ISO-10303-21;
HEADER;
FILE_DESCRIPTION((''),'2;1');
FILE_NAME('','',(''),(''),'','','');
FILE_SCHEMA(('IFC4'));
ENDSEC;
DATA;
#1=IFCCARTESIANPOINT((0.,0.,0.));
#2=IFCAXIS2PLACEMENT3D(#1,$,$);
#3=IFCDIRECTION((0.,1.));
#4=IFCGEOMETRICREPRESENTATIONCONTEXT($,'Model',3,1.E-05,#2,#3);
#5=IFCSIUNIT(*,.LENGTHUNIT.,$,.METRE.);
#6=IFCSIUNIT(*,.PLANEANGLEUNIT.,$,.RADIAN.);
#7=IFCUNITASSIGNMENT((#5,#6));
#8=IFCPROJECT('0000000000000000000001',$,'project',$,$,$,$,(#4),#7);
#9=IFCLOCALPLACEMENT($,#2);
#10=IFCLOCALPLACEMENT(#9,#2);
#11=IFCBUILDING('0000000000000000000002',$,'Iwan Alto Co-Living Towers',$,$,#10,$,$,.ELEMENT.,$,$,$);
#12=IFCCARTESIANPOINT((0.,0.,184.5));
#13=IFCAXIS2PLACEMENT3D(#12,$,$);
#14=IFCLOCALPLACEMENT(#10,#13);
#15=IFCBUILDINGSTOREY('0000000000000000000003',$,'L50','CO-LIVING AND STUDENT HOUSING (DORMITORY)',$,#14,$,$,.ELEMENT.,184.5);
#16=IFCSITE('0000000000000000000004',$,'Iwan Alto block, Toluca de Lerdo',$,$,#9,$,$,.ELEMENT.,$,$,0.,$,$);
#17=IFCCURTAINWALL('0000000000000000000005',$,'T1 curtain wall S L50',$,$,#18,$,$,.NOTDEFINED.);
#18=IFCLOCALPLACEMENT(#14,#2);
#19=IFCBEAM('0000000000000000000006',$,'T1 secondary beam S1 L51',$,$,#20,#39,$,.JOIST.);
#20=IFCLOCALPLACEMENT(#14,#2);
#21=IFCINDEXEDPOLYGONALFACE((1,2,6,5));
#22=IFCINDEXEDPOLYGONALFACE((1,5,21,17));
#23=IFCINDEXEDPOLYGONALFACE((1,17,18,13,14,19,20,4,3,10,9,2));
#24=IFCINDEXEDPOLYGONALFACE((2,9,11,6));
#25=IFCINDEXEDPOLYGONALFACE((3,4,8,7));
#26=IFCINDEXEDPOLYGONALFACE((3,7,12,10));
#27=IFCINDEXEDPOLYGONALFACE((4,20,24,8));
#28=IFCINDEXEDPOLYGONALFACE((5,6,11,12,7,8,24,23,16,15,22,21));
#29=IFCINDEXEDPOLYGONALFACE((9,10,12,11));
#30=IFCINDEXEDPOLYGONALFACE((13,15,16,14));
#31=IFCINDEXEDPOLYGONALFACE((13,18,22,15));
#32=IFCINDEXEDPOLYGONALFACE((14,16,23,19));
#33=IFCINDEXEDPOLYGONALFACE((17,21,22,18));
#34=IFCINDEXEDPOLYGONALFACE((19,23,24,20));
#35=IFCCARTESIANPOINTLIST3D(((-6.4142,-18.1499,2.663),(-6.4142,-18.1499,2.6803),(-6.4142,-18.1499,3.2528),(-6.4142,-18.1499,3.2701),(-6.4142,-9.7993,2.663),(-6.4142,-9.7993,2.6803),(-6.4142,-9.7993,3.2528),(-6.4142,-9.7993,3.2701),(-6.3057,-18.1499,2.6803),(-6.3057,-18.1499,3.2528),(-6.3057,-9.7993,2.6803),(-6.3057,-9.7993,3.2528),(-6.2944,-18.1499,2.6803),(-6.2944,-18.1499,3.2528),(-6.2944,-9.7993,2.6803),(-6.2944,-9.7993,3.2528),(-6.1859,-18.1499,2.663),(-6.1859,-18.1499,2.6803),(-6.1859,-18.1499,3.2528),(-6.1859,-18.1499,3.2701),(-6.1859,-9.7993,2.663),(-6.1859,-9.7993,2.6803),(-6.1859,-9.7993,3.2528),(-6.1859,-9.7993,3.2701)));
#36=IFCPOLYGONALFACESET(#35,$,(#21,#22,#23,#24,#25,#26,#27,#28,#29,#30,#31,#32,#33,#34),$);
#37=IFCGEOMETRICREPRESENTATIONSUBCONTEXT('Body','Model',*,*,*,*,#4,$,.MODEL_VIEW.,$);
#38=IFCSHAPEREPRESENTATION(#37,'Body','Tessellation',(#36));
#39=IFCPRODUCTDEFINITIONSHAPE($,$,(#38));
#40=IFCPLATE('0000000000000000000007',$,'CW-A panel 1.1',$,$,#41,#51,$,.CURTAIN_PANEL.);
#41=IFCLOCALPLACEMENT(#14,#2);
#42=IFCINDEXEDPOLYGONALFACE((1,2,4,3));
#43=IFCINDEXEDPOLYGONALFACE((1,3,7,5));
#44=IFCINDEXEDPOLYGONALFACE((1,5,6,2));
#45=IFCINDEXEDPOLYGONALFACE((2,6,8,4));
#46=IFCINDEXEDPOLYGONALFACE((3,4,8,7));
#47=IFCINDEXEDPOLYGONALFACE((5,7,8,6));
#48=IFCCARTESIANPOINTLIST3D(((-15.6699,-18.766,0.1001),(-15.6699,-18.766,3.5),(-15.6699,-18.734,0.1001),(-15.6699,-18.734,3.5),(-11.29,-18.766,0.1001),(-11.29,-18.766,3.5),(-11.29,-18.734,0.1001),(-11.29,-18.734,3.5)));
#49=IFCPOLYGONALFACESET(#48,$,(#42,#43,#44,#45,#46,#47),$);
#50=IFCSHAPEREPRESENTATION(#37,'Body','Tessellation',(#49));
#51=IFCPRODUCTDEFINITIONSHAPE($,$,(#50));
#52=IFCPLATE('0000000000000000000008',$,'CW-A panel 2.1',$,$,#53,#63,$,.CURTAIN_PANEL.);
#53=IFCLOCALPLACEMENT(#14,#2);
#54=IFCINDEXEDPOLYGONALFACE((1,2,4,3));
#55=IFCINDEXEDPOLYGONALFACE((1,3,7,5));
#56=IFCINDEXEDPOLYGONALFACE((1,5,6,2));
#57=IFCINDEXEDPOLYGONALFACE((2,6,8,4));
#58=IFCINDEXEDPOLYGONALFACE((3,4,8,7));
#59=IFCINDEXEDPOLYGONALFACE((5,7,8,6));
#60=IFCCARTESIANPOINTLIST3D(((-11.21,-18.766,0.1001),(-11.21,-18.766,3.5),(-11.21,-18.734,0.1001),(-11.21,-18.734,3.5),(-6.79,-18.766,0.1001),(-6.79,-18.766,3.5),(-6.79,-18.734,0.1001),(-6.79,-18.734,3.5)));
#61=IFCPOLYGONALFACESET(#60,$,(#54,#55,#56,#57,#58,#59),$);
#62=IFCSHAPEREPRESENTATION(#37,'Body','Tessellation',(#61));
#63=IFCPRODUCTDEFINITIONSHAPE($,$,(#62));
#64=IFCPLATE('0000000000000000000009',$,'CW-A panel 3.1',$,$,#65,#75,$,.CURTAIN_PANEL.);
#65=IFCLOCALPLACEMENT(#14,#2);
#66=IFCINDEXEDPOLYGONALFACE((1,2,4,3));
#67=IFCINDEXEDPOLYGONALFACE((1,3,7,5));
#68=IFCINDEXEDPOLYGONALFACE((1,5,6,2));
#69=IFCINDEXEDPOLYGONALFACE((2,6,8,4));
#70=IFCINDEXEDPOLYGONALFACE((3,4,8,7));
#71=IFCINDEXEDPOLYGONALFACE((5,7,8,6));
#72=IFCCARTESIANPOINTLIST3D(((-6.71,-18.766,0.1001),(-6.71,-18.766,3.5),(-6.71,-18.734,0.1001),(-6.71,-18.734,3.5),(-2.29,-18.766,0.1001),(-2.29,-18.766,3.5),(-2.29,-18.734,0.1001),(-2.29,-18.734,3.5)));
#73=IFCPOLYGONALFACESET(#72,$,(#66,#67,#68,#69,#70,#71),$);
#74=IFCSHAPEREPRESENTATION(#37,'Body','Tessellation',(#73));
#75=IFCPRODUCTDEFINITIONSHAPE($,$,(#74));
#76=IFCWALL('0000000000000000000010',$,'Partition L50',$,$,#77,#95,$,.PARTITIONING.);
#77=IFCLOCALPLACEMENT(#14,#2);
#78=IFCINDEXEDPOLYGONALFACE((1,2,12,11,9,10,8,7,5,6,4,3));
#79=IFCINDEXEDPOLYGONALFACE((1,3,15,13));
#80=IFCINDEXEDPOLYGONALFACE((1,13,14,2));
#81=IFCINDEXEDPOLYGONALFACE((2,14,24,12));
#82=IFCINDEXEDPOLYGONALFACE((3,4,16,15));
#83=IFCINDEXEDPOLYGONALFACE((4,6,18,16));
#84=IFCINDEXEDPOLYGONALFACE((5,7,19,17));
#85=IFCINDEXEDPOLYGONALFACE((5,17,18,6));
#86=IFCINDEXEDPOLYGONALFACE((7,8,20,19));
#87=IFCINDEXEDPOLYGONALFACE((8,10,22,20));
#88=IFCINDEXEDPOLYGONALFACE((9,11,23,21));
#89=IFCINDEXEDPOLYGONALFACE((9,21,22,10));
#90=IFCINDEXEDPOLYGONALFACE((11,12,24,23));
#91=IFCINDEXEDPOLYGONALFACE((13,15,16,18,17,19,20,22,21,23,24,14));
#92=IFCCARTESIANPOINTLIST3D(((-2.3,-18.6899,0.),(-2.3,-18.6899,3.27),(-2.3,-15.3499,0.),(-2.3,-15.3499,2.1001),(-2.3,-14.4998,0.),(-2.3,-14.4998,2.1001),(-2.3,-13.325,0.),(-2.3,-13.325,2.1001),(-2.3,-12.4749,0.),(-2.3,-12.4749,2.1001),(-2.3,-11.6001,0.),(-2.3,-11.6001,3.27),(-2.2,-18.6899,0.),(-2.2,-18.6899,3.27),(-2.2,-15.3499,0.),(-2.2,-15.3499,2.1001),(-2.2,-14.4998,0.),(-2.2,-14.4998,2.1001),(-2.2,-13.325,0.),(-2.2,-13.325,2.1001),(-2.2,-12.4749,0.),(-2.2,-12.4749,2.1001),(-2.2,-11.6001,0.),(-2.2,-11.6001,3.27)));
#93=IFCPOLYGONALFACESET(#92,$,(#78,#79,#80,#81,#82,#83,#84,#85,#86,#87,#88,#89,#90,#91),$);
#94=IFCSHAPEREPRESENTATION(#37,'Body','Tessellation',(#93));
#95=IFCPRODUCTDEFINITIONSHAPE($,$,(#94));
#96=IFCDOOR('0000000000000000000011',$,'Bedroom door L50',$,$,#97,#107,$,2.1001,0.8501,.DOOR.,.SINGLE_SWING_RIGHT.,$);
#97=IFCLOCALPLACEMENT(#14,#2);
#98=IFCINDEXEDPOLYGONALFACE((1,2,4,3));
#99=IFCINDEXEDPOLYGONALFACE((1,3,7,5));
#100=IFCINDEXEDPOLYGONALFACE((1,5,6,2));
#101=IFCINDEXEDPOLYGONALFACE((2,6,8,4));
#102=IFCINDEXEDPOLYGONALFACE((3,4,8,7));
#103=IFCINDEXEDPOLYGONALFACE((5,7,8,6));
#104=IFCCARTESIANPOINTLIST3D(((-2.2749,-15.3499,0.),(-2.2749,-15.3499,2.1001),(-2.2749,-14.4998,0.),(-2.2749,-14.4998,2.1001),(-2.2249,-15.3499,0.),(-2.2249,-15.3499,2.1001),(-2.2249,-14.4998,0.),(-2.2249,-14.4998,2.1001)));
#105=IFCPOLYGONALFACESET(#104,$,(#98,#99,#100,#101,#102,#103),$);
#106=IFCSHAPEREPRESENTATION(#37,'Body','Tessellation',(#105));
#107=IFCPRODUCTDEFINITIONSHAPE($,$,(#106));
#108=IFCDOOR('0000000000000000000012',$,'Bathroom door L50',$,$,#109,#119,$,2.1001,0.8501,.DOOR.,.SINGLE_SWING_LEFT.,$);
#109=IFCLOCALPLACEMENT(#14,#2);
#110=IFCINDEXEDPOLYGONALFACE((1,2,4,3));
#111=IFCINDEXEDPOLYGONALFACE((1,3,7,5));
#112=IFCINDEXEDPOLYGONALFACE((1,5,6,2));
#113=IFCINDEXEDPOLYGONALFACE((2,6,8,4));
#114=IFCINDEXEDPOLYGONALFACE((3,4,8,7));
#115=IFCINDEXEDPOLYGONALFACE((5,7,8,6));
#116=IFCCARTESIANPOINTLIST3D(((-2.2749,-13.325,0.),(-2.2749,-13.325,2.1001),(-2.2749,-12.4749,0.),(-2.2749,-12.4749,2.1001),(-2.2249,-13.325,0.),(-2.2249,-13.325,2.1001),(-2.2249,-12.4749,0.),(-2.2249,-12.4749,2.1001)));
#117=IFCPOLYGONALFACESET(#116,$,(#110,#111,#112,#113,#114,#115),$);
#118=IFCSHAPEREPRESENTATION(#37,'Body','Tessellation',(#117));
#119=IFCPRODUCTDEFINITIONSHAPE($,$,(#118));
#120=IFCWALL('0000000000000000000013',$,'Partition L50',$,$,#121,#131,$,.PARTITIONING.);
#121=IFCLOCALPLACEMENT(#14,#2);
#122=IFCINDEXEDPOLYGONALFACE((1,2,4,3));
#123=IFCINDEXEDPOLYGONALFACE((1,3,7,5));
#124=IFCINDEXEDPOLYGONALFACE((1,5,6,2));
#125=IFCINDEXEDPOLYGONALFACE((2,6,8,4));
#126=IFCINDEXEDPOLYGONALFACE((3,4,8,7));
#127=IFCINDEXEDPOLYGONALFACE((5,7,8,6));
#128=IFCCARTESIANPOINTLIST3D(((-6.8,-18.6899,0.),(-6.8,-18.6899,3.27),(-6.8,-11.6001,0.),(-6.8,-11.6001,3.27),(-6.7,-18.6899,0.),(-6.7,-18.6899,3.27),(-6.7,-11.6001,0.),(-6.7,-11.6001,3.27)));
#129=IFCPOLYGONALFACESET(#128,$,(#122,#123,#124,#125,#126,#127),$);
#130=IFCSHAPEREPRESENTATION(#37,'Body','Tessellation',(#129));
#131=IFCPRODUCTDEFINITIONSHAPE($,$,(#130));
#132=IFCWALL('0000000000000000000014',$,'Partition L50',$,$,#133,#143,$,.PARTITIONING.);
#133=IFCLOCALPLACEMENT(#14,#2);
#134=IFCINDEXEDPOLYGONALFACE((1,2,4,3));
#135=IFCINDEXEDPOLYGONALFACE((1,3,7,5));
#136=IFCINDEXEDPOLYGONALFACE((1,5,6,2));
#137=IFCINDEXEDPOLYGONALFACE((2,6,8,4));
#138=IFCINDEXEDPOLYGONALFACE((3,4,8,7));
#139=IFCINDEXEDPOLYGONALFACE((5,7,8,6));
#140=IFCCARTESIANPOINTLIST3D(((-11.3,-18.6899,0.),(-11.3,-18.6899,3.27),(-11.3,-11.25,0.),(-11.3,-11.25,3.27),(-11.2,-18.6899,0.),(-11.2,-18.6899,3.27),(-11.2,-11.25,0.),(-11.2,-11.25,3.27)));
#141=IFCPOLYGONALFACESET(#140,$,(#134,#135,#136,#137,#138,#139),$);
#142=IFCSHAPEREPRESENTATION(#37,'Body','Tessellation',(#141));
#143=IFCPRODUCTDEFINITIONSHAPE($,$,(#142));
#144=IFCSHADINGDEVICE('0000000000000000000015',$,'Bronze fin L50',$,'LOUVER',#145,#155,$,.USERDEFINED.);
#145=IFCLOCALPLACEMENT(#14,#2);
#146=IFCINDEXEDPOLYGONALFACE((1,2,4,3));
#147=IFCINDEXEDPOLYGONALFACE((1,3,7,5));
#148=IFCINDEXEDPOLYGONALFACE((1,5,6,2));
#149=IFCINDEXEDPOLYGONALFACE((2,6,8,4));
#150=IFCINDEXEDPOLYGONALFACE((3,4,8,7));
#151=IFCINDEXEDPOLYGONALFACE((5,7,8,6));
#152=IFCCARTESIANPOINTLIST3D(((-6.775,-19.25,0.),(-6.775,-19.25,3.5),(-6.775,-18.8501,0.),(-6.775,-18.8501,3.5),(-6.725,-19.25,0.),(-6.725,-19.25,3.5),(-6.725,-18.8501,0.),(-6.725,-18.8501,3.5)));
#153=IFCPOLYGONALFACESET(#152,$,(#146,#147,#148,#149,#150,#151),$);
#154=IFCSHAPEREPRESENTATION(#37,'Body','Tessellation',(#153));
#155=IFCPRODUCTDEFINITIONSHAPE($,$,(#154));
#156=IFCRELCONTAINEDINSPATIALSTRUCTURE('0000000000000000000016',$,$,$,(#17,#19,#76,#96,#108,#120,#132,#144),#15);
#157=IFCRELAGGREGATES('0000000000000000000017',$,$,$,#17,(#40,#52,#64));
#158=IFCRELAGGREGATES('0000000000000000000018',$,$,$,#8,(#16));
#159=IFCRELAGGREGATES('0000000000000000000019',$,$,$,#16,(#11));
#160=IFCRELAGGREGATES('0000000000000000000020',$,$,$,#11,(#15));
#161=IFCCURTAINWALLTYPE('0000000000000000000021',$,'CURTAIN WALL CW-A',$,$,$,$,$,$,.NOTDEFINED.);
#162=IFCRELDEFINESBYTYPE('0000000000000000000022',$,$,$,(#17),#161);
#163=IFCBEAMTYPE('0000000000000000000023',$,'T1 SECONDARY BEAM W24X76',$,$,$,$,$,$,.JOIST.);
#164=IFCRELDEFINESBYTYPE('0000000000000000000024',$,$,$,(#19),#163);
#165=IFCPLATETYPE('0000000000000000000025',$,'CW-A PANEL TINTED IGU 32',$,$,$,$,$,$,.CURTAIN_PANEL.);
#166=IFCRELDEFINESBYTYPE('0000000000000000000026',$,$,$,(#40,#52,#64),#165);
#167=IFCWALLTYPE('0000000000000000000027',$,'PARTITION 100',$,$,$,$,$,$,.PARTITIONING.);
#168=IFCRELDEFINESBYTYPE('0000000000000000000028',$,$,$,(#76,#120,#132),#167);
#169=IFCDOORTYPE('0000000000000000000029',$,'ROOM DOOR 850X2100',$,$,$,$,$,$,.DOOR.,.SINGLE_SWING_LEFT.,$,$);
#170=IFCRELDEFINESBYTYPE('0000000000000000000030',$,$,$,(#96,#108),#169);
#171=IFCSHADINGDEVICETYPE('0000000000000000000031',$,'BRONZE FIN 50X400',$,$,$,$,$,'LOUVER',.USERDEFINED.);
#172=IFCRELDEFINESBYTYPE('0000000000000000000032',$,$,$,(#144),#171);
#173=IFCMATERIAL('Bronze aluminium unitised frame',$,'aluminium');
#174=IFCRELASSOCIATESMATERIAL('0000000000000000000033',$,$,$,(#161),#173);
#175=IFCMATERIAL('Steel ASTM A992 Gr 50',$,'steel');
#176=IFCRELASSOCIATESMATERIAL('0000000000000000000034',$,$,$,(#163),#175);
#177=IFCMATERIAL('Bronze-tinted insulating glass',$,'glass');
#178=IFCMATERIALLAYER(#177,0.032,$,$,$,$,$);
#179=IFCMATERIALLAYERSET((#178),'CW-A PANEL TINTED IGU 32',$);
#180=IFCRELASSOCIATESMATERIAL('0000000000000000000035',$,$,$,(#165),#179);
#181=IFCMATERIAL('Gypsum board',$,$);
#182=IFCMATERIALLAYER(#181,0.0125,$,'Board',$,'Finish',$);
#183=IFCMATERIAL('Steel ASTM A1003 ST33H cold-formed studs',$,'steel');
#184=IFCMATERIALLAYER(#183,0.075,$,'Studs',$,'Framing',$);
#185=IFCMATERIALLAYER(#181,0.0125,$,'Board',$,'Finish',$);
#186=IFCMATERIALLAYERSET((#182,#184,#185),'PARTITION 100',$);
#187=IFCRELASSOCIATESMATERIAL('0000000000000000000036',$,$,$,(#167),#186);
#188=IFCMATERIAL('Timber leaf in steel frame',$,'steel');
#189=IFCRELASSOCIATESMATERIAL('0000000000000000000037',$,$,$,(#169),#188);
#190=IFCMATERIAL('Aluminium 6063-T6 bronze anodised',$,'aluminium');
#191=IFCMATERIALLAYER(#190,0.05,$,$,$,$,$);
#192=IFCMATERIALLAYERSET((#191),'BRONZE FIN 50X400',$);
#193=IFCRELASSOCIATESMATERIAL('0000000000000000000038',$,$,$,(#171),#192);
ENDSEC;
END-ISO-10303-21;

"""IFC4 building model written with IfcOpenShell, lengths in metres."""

from ifc_helpers import new_model, si_unit, direction, frame, frame_2d, origin, origin_2d, place, context, subcontext, project, spatial, rectangle, i_section, extrude, material, layer, layer_set, material_profile, profile_set, type_object, element, fill, aggregate, save


model = new_model("IFC4")

# Units and contexts
model_context = context("Model", 3, precision=1e-05, world=origin(), true_north=direction((0.0, 1.0)))
body_context = subcontext(model_context, "Body", "Model", "MODEL_VIEW")
ifc_project = project(units=[si_unit("LENGTHUNIT", "METRE"), si_unit("PLANEANGLEUNIT", "RADIAN")], contexts=[model_context])

# Site, building, storey
site_placement = place(None, origin())
site = spatial("IfcSite", under=ifc_project, at=site_placement, Name="Iwan Alto block, Toluca de Lerdo", CompositionType="ELEMENT", RefElevation=0.0)
building_placement = place(site_placement, origin())
building = spatial("IfcBuilding", under=site, at=building_placement, Name="Iwan Alto Co-Living Towers", CompositionType="ELEMENT")
storey_placement = place(building_placement, frame((0.0, 0.0, 184.5)))
storey = spatial("IfcBuildingStorey", under=building, at=storey_placement, Name="L50", Description="CO-LIVING AND STUDENT HOUSING (DORMITORY)", CompositionType="ELEMENT", Elevation=184.5)

# Curtain wall
ifc_material_1 = material(Name="Bronze aluminium unitised frame", Category="aluminium")
curtain_wall_type = type_object("IfcCurtainWallType", Name="CURTAIN WALL CW-A", PredefinedType="NOTDEFINED", material=ifc_material_1)
curtain_wall_placement = place(storey_placement, origin())
curtain_wall = element("IfcCurtainWall", 1, at=curtain_wall_placement, inside=storey, type_object=curtain_wall_type, Name="T1 curtain wall S L50", PredefinedType="NOTDEFINED")

# Beam
ifc_material_2 = material(Name="Steel ASTM A992 Gr 50", Category="steel")
ifc_material_profile_1 = material_profile(ifc_material_2, i_section(OverallWidth=0.2283, OverallDepth=0.6072, WebThickness=0.0112, FlangeThickness=0.0173, at=origin_2d()), Name="W24X76")
ifc_profile_set_1 = profile_set([ifc_material_profile_1], Name="Steel ASTM A992 Gr 50")
beam_type_1 = type_object("IfcBeamType", Name="T1 SECONDARY BEAM W24X76", PredefinedType="JOIST", material=ifc_profile_set_1)
beam_1_placement = place(storey_placement, frame((-6.3, -18.1499, 2.9666), z_axis=(0.0, 1.0, 0.0), x_axis=(-1.0, 0.0, 0.0)))
element("IfcBeam", 2, at=beam_1_placement, inside=storey, type_object=beam_type_1, Name="T1 secondary beam S1 L51", PredefinedType="JOIST", context=body_context, shape_type="SweptSolid", body=[
    extrude(i_section(OverallWidth=0.2283, OverallDepth=0.6072, WebThickness=0.0112, FlangeThickness=0.0173, at=origin_2d()), origin(), (0.0, 0.0, 1.0), 8.3506),
])

# Plates
ifc_material_3 = material(Name="Bronze-tinted insulating glass", Category="glass")
ifc_layer_1 = layer(ifc_material_3, 0.032)
ifc_layer_set_1 = layer_set([ifc_layer_1], Name="CW-A PANEL TINTED IGU 32")
plate_type = type_object("IfcPlateType", Name="CW-A PANEL TINTED IGU 32", PredefinedType="CURTAIN_PANEL", material=ifc_layer_set_1)
plate_1_placement = place(storey_placement, frame((-13.48, -18.75, 0.1001), z_axis=(0.0, 0.0, 1.0), x_axis=(1.0, 0.0, 0.0)))
plate_1 = element("IfcPlate", 3, at=plate_1_placement, type_object=plate_type, Name="CW-A panel 1.1", PredefinedType="CURTAIN_PANEL", context=body_context, shape_type="SweptSolid", body=[
    extrude(rectangle(XDim=4.3799, YDim=0.032, at=origin_2d()), origin(), (0.0, 0.0, 1.0), 3.3999),
])
plate_2_placement = place(storey_placement, frame((-9.0, -18.75, 0.1001), z_axis=(0.0, 0.0, 1.0), x_axis=(1.0, 0.0, 0.0)))
plate_2 = element("IfcPlate", 4, at=plate_2_placement, type_object=plate_type, Name="CW-A panel 2.1", PredefinedType="CURTAIN_PANEL", context=body_context, shape_type="SweptSolid", body=[
    extrude(rectangle(XDim=4.4199, YDim=0.032, at=origin_2d()), origin(), (0.0, 0.0, 1.0), 3.3999),
])
plate_3_placement = place(storey_placement, frame((-4.5, -18.75, 0.1001), z_axis=(0.0, 0.0, 1.0), x_axis=(1.0, 0.0, 0.0)))
plate_3 = element("IfcPlate", 5, at=plate_3_placement, type_object=plate_type, Name="CW-A panel 3.1", PredefinedType="CURTAIN_PANEL", context=body_context, shape_type="SweptSolid", body=[
    extrude(rectangle(XDim=4.4199, YDim=0.032, at=origin_2d()), origin(), (0.0, 0.0, 1.0), 3.3999),
])
aggregate(curtain_wall, [plate_1, plate_2, plate_3])

# Wall, openings, doors
ifc_material_4 = material(Name="Gypsum board")
ifc_layer_2 = layer(ifc_material_4, 0.0125, Name="Board", Category="Finish")
ifc_material_5 = material(Name="Steel ASTM A1003 ST33H cold-formed studs", Category="steel")
ifc_layer_3 = layer(ifc_material_5, 0.075, Name="Studs", Category="Framing")
ifc_layer_4 = layer(ifc_material_4, 0.0125, Name="Board", Category="Finish")
ifc_layer_set_2 = layer_set([ifc_layer_2, ifc_layer_3, ifc_layer_4], Name="PARTITION 100")
wall_type = type_object("IfcWallType", Name="PARTITION 100", PredefinedType="PARTITIONING", material=ifc_layer_set_2)
wall_1_placement = place(storey_placement, frame((-2.25, -18.6899, 0.0), z_axis=(0.0, 0.0, 1.0), x_axis=(0.0, 1.0, 0.0)))
wall_1 = element("IfcWall", 6, at=wall_1_placement, inside=storey, type_object=wall_type, Name="Partition L50", PredefinedType="PARTITIONING", context=body_context, shape_type="SweptSolid", body=[
    extrude(rectangle(XDim=7.0898, YDim=0.1001, at=frame_2d((3.5449, 0.0))), origin(), (0.0, 0.0, 1.0), 3.27),
])
opening_1_placement = place(wall_1_placement, frame((3.3401, 0.0, 0.0)))
opening_1 = element("IfcOpeningElement", 7, at=opening_1_placement, cuts=wall_1, PredefinedType="OPENING", context=body_context, shape_type="SweptSolid", body=[
    extrude(rectangle(XDim=0.8501, YDim=2.1001, at=frame_2d((0.425, 1.05))), frame((0.0, 0.0601, 0.0), z_axis=(0.0, -1.0, 0.0), x_axis=(1.0, 0.0, 0.0)), (0.0, 0.0, 1.0), 0.1201),
])
opening_2_placement = place(wall_1_placement, frame((5.365, 0.0, 0.0)))
opening_2 = element("IfcOpeningElement", 8, at=opening_2_placement, cuts=wall_1, PredefinedType="OPENING", context=body_context, shape_type="SweptSolid", body=[
    extrude(rectangle(XDim=0.8501, YDim=2.1001, at=frame_2d((0.425, 1.05))), frame((0.0, 0.0601, 0.0), z_axis=(0.0, -1.0, 0.0), x_axis=(1.0, 0.0, 0.0)), (0.0, 0.0, 1.0), 0.1201),
])
ifc_material_6 = material(Name="Timber leaf in steel frame", Category="steel")
door_type = type_object("IfcDoorType", Name="ROOM DOOR 850X2100", OperationType="SINGLE_SWING_LEFT", PredefinedType="DOOR", material=ifc_material_6)
door_1_placement = place(opening_1_placement, origin())
door_1 = element("IfcDoor", 9, at=door_1_placement, inside=storey, type_object=door_type, Name="Bedroom door L50", OperationType="SINGLE_SWING_RIGHT", OverallHeight=2.1001, OverallWidth=0.8501, PredefinedType="DOOR", context=body_context, shape_type="SweptSolid", body=[
    extrude(rectangle(XDim=0.8501, YDim=2.1001, at=frame_2d((0.425, 1.05))), frame((0.0, 0.0249, 0.0), z_axis=(0.0, -1.0, 0.0), x_axis=(1.0, 0.0, 0.0)), (0.0, 0.0, 1.0), 0.05),
])
fill(opening_1, door_1)
door_2_placement = place(opening_2_placement, origin())
door_2 = element("IfcDoor", 10, at=door_2_placement, inside=storey, type_object=door_type, Name="Bathroom door L50", OperationType="SINGLE_SWING_LEFT", OverallHeight=2.1001, OverallWidth=0.8501, PredefinedType="DOOR", context=body_context, shape_type="SweptSolid", body=[
    extrude(rectangle(XDim=0.8501, YDim=2.1001, at=frame_2d((0.425, 1.05))), frame((0.0, 0.0249, 0.0), z_axis=(0.0, -1.0, 0.0), x_axis=(1.0, 0.0, 0.0)), (0.0, 0.0, 1.0), 0.05),
])
fill(opening_2, door_2)

# Walls
wall_2_placement = place(storey_placement, frame((-6.75, -18.6899, 0.0), z_axis=(0.0, 0.0, 1.0), x_axis=(0.0, 1.0, 0.0)))
element("IfcWall", 11, at=wall_2_placement, inside=storey, type_object=wall_type, Name="Partition L50", PredefinedType="PARTITIONING", context=body_context, shape_type="SweptSolid", body=[
    extrude(rectangle(XDim=7.0898, YDim=0.1001, at=frame_2d((3.5449, 0.0))), origin(), (0.0, 0.0, 1.0), 3.27),
])
wall_3_placement = place(storey_placement, frame((-11.25, -18.6899, 0.0), z_axis=(0.0, 0.0, 1.0), x_axis=(0.0, 1.0, 0.0)))
element("IfcWall", 12, at=wall_3_placement, inside=storey, type_object=wall_type, Name="Partition L50", PredefinedType="PARTITIONING", context=body_context, shape_type="SweptSolid", body=[
    extrude(rectangle(XDim=7.4399, YDim=0.1001, at=frame_2d((3.72, 0.0))), origin(), (0.0, 0.0, 1.0), 3.27),
])

# Shading device
ifc_material_7 = material(Name="Aluminium 6063-T6 bronze anodised", Category="aluminium")
ifc_layer_5 = layer(ifc_material_7, 0.05)
ifc_layer_set_3 = layer_set([ifc_layer_5], Name="BRONZE FIN 50X400")
shading_device_type = type_object("IfcShadingDeviceType", Name="BRONZE FIN 50X400", ElementType="LOUVER", PredefinedType="USERDEFINED", material=ifc_layer_set_3)
shading_device_placement = place(storey_placement, frame((-6.75, -19.05, 0.0), z_axis=(0.0, 0.0, 1.0), x_axis=(1.0, 0.0, 0.0)))
element("IfcShadingDevice", 13, at=shading_device_placement, inside=storey, type_object=shading_device_type, Name="Bronze fin L50", ObjectType="LOUVER", PredefinedType="USERDEFINED", context=body_context, shape_type="SweptSolid", body=[
    extrude(rectangle(XDim=0.05, YDim=0.3999, at=origin_2d()), origin(), (0.0, 0.0, 1.0), 3.5),
])

save(model, "model.ifc")
